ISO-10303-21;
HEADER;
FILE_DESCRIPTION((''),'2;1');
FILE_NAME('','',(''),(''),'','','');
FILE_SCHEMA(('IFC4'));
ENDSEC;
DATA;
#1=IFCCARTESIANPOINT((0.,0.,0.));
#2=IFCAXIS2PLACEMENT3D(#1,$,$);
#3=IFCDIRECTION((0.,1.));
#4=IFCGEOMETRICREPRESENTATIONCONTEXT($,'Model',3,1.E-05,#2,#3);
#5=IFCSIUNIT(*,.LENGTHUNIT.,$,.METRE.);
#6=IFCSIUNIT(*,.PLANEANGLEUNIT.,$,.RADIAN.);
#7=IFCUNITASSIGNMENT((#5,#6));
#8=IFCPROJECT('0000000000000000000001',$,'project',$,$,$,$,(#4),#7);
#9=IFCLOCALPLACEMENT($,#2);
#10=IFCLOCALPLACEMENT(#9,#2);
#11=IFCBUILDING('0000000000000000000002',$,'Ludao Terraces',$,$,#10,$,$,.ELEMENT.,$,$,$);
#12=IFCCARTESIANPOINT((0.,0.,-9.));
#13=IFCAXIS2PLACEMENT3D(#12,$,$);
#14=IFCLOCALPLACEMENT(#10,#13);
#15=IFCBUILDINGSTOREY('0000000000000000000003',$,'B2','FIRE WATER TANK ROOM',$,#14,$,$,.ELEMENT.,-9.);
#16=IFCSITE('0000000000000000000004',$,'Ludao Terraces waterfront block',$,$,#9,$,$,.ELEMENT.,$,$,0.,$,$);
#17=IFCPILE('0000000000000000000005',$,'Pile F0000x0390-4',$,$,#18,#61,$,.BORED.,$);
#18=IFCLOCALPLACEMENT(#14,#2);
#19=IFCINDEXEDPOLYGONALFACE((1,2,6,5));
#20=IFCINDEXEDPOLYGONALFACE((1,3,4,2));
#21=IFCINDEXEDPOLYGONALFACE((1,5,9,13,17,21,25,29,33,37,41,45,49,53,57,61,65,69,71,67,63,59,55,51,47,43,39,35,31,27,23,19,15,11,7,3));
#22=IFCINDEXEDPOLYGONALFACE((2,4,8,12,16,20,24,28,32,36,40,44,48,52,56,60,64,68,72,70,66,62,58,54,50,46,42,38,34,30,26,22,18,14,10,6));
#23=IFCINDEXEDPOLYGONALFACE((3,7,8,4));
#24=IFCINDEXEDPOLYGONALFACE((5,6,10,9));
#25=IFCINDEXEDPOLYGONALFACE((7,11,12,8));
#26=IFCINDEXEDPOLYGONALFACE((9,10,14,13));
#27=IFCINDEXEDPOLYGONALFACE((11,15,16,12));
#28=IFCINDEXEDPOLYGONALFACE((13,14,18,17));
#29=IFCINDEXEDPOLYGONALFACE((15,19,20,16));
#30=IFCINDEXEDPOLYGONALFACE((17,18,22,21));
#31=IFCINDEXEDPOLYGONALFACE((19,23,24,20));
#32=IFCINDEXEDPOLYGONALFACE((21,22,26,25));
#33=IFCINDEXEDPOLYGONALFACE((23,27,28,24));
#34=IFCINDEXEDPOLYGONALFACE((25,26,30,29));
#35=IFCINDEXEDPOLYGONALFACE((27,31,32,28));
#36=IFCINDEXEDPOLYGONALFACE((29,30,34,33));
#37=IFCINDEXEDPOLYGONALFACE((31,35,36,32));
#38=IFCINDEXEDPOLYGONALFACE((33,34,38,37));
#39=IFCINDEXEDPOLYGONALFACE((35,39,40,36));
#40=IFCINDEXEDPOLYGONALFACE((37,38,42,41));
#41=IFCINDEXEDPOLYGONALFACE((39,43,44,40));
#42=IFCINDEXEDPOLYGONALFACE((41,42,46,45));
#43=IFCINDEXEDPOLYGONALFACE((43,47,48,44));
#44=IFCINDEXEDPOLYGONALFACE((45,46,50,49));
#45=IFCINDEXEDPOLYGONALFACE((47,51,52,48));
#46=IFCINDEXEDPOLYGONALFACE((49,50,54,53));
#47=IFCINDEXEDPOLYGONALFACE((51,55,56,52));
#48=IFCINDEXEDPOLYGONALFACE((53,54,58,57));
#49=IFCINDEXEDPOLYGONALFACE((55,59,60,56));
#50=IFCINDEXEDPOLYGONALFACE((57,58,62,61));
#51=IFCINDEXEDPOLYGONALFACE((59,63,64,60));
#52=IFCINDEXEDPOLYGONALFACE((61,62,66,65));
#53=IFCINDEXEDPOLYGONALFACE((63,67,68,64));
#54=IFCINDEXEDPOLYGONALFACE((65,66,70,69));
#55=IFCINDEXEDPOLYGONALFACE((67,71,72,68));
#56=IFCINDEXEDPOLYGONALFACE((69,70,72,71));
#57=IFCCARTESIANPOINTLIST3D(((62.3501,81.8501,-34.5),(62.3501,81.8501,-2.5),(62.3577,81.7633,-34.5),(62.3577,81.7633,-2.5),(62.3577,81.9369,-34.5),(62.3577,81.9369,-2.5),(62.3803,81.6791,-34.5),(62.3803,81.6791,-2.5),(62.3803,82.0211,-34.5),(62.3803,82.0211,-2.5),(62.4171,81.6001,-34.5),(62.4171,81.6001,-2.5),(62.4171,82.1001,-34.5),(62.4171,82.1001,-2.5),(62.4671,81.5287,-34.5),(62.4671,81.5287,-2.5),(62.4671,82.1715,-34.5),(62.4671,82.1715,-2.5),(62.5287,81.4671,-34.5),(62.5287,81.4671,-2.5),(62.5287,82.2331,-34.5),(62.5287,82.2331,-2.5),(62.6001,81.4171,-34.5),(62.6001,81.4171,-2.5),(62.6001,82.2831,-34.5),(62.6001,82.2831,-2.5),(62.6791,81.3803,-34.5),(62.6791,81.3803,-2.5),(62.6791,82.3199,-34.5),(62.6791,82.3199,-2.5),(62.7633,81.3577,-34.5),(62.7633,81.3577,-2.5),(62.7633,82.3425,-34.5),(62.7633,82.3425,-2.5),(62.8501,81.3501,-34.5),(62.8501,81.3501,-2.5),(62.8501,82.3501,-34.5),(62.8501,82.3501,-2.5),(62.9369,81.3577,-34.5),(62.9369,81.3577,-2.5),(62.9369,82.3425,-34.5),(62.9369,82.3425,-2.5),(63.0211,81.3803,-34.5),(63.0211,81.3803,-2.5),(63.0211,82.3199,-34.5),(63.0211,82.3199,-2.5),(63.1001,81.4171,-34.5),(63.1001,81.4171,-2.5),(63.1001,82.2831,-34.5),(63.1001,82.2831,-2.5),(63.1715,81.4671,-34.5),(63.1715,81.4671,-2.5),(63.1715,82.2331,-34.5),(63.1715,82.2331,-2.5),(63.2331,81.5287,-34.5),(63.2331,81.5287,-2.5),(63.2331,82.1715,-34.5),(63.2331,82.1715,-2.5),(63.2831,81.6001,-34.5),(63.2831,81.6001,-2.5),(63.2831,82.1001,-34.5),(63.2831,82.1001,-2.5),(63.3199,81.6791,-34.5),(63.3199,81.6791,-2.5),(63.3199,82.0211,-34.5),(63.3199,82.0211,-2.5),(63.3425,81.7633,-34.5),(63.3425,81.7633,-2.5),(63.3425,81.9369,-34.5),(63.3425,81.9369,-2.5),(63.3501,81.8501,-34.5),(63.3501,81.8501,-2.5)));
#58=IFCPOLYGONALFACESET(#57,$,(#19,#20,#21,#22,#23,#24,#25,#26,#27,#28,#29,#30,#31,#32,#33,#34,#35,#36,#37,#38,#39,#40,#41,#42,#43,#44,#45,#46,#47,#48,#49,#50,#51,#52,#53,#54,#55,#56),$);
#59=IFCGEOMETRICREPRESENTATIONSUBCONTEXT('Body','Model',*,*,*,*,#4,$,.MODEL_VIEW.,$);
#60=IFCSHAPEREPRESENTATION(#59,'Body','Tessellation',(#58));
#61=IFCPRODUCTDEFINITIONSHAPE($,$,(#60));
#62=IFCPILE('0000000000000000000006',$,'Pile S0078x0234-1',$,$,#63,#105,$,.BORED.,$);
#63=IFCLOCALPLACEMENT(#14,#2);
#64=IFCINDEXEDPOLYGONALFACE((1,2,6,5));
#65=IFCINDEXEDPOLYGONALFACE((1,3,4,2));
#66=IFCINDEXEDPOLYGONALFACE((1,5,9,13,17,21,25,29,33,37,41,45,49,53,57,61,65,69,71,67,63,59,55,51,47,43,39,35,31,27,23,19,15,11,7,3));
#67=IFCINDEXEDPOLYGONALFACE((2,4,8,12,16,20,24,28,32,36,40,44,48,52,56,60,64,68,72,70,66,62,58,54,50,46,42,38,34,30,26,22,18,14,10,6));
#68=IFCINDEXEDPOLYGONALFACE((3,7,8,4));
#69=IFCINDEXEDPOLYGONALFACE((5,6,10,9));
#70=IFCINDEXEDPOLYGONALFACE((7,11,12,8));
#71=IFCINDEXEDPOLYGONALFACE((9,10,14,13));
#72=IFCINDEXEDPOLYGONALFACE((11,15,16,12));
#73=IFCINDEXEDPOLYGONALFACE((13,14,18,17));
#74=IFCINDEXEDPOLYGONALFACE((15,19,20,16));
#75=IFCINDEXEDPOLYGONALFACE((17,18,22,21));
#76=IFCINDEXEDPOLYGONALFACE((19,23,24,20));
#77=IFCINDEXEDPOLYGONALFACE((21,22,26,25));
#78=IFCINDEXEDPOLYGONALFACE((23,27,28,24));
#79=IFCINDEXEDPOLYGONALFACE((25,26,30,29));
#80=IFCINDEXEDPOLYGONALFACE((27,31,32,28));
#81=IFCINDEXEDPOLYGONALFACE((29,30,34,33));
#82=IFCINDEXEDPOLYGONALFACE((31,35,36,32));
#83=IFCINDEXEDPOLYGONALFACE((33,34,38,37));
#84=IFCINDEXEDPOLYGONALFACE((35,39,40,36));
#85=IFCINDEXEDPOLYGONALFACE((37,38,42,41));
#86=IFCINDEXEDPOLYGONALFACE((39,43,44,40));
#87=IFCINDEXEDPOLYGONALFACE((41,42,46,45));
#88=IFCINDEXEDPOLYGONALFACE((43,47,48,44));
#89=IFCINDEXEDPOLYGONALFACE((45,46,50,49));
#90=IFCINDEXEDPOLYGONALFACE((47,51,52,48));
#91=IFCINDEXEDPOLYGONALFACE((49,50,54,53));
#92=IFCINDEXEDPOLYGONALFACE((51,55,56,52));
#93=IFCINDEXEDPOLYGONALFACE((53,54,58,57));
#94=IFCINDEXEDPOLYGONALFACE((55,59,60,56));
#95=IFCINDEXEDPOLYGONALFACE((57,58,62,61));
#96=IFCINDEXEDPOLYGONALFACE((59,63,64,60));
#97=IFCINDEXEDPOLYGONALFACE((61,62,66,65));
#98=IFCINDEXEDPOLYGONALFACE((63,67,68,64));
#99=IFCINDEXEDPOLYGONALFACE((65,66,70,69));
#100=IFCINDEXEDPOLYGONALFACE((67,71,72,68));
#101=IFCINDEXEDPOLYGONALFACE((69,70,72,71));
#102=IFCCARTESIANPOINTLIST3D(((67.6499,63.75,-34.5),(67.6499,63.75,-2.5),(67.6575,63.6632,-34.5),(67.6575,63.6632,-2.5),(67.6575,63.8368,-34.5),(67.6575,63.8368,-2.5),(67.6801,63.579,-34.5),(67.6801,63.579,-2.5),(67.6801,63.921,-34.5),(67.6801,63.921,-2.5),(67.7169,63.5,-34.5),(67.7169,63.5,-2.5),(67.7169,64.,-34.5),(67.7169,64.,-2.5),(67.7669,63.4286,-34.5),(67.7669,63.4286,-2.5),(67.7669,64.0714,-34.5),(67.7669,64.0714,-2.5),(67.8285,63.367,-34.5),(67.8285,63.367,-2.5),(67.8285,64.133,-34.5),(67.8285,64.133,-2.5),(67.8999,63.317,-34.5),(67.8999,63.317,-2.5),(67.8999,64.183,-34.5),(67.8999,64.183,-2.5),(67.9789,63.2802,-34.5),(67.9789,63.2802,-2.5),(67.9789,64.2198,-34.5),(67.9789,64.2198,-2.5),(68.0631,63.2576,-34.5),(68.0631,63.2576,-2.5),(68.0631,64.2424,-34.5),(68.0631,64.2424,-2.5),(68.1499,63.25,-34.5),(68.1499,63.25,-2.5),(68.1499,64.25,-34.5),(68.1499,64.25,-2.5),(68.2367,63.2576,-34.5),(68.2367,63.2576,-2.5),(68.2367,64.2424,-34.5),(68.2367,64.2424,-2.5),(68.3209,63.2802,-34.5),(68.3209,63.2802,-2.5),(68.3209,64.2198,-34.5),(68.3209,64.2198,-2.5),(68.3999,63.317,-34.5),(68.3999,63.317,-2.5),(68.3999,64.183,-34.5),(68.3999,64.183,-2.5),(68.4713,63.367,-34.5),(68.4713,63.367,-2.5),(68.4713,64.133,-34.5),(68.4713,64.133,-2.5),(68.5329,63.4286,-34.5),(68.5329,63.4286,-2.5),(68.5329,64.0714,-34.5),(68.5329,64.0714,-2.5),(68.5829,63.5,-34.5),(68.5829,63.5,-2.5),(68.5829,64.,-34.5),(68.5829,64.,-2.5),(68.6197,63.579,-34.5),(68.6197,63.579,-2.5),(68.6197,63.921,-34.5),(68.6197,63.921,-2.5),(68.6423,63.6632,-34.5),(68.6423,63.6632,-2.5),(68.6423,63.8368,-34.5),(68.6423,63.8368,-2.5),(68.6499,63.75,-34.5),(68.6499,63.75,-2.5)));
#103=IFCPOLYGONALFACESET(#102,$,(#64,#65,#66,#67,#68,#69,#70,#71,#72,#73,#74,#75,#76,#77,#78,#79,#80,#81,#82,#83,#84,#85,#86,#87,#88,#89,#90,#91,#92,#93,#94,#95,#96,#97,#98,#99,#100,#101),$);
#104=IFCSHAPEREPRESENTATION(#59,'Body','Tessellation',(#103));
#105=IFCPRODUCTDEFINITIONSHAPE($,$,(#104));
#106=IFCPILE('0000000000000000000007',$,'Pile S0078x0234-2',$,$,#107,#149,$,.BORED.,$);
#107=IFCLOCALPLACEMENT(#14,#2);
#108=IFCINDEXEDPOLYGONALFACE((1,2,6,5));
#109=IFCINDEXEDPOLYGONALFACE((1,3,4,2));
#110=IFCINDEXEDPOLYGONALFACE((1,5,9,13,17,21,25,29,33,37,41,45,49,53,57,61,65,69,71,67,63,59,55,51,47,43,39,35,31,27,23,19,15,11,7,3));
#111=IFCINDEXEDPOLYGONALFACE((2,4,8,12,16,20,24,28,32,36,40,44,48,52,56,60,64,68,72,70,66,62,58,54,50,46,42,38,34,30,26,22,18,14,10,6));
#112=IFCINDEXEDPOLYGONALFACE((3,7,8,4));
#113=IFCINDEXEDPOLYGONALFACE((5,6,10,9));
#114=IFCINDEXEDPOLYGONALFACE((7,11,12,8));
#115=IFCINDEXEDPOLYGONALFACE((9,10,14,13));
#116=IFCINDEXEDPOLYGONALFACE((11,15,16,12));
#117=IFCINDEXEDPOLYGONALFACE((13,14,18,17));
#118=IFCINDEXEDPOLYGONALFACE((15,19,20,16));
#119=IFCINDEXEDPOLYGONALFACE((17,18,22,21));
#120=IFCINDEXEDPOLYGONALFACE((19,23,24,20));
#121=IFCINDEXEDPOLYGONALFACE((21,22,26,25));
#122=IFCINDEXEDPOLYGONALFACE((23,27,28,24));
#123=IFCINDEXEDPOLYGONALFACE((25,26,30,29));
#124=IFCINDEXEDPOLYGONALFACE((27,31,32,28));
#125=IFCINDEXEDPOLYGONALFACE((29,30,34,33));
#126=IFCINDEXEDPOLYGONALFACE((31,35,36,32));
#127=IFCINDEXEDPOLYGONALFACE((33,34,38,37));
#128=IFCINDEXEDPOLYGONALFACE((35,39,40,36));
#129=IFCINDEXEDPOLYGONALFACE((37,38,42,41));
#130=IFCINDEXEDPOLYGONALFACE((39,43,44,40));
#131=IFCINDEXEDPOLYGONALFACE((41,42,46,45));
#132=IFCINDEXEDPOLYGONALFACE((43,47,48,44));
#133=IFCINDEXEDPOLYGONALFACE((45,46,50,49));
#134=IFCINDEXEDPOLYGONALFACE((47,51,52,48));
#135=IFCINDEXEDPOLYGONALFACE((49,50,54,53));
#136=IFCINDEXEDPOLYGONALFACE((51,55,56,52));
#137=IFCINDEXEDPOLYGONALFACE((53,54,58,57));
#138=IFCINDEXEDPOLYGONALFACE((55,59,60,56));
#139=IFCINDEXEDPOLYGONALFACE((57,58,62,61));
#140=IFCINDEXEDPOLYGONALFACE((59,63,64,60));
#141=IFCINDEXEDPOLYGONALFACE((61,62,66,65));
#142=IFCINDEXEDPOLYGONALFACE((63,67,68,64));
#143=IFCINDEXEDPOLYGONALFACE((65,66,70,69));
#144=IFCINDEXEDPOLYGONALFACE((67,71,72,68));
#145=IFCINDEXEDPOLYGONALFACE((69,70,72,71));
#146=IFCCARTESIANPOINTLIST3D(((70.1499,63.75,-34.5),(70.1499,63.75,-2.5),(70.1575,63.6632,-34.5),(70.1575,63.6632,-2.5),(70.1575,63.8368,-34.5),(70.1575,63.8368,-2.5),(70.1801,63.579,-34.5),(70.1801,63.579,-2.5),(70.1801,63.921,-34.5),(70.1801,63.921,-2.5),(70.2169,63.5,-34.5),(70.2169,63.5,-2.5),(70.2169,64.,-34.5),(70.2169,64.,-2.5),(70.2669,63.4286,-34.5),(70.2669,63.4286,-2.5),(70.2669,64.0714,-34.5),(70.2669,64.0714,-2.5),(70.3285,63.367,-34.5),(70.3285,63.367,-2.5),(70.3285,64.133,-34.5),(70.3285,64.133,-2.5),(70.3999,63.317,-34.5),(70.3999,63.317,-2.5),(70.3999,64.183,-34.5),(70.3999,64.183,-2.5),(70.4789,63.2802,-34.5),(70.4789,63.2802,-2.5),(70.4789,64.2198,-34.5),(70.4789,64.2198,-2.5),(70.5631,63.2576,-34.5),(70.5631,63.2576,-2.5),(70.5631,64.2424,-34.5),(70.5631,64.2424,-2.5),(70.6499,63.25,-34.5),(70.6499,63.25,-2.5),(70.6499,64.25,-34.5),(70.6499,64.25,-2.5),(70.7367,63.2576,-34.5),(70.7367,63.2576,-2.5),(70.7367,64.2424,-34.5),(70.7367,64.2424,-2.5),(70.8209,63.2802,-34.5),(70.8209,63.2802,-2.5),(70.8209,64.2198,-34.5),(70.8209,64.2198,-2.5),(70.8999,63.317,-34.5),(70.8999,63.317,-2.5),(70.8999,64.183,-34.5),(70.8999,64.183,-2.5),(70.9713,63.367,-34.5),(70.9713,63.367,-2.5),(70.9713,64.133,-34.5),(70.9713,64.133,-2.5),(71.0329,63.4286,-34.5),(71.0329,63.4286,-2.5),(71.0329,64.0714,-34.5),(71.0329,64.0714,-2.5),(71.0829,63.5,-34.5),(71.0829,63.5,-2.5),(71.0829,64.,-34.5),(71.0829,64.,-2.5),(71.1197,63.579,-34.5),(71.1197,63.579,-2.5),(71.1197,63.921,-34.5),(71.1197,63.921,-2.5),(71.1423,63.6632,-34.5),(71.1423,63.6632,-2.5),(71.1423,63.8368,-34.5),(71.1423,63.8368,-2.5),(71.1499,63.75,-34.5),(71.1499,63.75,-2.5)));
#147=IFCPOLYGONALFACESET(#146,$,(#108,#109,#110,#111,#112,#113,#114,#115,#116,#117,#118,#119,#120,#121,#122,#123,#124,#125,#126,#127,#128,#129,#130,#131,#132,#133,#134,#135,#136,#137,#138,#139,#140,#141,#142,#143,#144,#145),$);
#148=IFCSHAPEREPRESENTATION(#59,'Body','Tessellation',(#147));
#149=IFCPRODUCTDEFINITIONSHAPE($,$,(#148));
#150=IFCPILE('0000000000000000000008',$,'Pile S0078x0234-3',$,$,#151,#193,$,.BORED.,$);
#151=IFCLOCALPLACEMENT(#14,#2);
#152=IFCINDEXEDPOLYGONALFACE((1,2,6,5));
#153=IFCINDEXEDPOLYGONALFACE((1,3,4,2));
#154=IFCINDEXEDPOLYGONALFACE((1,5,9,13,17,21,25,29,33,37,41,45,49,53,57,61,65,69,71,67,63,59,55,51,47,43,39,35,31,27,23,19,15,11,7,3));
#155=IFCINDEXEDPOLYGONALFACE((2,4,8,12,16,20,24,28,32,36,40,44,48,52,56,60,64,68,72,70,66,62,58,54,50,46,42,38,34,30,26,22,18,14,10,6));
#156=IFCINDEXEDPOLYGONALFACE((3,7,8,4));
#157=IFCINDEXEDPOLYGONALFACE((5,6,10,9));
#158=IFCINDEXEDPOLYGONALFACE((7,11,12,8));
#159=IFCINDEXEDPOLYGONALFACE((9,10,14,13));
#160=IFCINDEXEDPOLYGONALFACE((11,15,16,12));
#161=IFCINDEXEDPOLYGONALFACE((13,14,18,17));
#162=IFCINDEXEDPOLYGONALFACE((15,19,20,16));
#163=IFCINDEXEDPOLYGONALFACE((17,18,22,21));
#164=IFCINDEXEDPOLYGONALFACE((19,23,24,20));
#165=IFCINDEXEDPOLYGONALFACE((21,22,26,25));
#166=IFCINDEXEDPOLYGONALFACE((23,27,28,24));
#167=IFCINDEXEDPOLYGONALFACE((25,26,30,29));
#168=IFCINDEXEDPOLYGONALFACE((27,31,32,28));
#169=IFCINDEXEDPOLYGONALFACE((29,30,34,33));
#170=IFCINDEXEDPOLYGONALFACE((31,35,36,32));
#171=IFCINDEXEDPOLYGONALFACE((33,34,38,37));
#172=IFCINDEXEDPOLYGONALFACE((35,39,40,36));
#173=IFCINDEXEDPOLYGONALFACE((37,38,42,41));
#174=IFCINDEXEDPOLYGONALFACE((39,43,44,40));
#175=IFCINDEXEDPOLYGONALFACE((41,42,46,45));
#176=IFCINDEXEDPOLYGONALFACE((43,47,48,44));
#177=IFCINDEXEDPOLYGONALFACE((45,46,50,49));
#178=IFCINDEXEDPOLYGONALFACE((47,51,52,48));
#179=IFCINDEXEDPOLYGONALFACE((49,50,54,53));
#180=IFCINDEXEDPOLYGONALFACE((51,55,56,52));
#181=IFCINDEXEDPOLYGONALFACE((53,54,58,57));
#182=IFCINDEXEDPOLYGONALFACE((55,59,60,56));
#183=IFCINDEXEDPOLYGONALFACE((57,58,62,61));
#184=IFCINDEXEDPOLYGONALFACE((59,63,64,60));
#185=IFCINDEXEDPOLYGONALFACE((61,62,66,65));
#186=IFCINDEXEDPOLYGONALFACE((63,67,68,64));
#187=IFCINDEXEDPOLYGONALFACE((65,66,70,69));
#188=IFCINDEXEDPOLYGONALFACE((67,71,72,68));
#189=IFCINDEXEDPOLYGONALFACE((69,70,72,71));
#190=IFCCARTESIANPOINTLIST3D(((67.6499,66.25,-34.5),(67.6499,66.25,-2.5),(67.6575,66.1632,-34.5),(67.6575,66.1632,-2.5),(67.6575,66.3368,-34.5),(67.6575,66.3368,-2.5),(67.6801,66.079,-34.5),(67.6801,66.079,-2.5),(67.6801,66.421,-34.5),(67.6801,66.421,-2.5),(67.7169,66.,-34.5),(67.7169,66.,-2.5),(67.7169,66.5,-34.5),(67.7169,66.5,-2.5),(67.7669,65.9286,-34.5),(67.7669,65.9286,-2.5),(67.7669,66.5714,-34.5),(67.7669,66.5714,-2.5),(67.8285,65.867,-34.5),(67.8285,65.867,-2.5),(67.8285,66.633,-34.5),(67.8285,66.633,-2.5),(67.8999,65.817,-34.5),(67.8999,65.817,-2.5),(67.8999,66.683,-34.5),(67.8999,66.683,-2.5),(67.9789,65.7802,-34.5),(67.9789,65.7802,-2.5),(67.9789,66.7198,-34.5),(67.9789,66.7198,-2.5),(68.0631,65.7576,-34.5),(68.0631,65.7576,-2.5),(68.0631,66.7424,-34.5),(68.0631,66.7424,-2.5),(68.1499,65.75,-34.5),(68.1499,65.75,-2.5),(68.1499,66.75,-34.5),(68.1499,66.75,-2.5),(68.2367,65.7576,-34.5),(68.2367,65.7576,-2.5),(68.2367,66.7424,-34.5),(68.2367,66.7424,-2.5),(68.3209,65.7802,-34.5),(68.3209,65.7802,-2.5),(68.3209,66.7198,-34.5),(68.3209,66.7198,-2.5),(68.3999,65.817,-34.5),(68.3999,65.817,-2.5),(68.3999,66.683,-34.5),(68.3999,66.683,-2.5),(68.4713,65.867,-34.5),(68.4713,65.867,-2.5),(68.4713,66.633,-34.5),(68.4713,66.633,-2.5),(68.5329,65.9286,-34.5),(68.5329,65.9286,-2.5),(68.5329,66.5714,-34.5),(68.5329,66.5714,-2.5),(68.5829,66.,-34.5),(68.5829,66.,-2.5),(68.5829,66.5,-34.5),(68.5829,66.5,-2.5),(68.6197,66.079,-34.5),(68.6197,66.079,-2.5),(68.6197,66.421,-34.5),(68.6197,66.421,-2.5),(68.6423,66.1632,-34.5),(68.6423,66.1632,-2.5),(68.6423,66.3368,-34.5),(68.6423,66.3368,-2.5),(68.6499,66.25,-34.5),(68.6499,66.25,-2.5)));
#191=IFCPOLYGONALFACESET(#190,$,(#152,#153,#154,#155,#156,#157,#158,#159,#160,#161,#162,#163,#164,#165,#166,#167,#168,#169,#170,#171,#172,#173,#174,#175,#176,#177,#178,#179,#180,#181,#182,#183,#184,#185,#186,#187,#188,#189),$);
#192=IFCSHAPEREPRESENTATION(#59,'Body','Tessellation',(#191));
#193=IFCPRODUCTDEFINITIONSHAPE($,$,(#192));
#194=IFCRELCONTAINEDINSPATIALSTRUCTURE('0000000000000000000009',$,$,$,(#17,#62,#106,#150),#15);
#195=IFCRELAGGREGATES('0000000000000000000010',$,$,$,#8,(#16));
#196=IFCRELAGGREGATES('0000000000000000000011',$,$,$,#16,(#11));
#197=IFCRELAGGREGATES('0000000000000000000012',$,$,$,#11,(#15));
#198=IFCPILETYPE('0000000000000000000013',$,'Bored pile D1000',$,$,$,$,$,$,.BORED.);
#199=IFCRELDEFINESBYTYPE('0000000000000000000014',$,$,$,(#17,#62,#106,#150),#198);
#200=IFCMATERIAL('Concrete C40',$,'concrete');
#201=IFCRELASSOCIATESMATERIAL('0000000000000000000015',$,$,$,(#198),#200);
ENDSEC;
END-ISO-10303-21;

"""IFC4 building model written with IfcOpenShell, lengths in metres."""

from ifc_helpers import new_model, si_unit, direction, frame, origin, origin_2d, place, context, subcontext, project, spatial, circle, extrude, material, material_profile, profile_set, type_object, element, save


model = new_model("IFC4")

# Units and contexts
model_context = context("Model", 3, precision=1e-05, world=origin(), true_north=direction((0.0, 1.0)))
body_context = subcontext(model_context, "Body", "Model", "MODEL_VIEW")
ifc_project = project(units=[si_unit("LENGTHUNIT", "METRE"), si_unit("PLANEANGLEUNIT", "RADIAN")], contexts=[model_context])

# Site, building, storey
site_placement = place(None, origin())
site = spatial("IfcSite", under=ifc_project, at=site_placement, Name="Ludao Terraces waterfront block", CompositionType="ELEMENT", RefElevation=0.0)
building_placement = place(site_placement, origin())
building = spatial("IfcBuilding", under=site, at=building_placement, Name="Ludao Terraces", CompositionType="ELEMENT")
storey_placement = place(building_placement, frame((0.0, 0.0, -9.0)))
storey = spatial("IfcBuildingStorey", under=building, at=storey_placement, Name="B2", Description="FIRE WATER TANK ROOM", CompositionType="ELEMENT", Elevation=-9.0)

# Piles
ifc_material_1 = material(Name="Concrete C40", Category="concrete")
ifc_material_profile_1 = material_profile(ifc_material_1, circle(Radius=0.5, at=origin_2d()), Name="D1000 BORED PILE")
ifc_profile_set_1 = profile_set([ifc_material_profile_1], Name="Concrete C40")
pile_type = type_object("IfcPileType", Name="Bored pile D1000", PredefinedType="BORED", material=ifc_profile_set_1)
for number, where, z_axis, x_axis, name in (
    (1, (62.8501, 81.8501, -2.5), (0.0, 0.0, -1.0), (1.0, 0.0, 0.0), "Pile F0000x0390-4"),
    (2, (68.1499, 63.75, -2.5), (0.0, 0.0, -1.0), (1.0, 0.0, 0.0), "Pile S0078x0234-1"),
    (3, (70.6499, 63.75, -2.5), (0.0, 0.0, -1.0), (1.0, 0.0, 0.0), "Pile S0078x0234-2"),
    (4, (68.1499, 66.25, -2.5), (0.0, 0.0, -1.0), (1.0, 0.0, 0.0), "Pile S0078x0234-3"),
):
    element("IfcPile", number, at=place(storey_placement, frame(where, z_axis=z_axis, x_axis=x_axis)), inside=storey, type_object=pile_type, Name=name, PredefinedType="BORED", context=body_context, shape_type="SweptSolid", body=[
        extrude(circle(Radius=0.5, at=origin_2d()), origin(), (0.0, 0.0, 1.0), 32.0),
    ])

save(model, "model.ifc")
